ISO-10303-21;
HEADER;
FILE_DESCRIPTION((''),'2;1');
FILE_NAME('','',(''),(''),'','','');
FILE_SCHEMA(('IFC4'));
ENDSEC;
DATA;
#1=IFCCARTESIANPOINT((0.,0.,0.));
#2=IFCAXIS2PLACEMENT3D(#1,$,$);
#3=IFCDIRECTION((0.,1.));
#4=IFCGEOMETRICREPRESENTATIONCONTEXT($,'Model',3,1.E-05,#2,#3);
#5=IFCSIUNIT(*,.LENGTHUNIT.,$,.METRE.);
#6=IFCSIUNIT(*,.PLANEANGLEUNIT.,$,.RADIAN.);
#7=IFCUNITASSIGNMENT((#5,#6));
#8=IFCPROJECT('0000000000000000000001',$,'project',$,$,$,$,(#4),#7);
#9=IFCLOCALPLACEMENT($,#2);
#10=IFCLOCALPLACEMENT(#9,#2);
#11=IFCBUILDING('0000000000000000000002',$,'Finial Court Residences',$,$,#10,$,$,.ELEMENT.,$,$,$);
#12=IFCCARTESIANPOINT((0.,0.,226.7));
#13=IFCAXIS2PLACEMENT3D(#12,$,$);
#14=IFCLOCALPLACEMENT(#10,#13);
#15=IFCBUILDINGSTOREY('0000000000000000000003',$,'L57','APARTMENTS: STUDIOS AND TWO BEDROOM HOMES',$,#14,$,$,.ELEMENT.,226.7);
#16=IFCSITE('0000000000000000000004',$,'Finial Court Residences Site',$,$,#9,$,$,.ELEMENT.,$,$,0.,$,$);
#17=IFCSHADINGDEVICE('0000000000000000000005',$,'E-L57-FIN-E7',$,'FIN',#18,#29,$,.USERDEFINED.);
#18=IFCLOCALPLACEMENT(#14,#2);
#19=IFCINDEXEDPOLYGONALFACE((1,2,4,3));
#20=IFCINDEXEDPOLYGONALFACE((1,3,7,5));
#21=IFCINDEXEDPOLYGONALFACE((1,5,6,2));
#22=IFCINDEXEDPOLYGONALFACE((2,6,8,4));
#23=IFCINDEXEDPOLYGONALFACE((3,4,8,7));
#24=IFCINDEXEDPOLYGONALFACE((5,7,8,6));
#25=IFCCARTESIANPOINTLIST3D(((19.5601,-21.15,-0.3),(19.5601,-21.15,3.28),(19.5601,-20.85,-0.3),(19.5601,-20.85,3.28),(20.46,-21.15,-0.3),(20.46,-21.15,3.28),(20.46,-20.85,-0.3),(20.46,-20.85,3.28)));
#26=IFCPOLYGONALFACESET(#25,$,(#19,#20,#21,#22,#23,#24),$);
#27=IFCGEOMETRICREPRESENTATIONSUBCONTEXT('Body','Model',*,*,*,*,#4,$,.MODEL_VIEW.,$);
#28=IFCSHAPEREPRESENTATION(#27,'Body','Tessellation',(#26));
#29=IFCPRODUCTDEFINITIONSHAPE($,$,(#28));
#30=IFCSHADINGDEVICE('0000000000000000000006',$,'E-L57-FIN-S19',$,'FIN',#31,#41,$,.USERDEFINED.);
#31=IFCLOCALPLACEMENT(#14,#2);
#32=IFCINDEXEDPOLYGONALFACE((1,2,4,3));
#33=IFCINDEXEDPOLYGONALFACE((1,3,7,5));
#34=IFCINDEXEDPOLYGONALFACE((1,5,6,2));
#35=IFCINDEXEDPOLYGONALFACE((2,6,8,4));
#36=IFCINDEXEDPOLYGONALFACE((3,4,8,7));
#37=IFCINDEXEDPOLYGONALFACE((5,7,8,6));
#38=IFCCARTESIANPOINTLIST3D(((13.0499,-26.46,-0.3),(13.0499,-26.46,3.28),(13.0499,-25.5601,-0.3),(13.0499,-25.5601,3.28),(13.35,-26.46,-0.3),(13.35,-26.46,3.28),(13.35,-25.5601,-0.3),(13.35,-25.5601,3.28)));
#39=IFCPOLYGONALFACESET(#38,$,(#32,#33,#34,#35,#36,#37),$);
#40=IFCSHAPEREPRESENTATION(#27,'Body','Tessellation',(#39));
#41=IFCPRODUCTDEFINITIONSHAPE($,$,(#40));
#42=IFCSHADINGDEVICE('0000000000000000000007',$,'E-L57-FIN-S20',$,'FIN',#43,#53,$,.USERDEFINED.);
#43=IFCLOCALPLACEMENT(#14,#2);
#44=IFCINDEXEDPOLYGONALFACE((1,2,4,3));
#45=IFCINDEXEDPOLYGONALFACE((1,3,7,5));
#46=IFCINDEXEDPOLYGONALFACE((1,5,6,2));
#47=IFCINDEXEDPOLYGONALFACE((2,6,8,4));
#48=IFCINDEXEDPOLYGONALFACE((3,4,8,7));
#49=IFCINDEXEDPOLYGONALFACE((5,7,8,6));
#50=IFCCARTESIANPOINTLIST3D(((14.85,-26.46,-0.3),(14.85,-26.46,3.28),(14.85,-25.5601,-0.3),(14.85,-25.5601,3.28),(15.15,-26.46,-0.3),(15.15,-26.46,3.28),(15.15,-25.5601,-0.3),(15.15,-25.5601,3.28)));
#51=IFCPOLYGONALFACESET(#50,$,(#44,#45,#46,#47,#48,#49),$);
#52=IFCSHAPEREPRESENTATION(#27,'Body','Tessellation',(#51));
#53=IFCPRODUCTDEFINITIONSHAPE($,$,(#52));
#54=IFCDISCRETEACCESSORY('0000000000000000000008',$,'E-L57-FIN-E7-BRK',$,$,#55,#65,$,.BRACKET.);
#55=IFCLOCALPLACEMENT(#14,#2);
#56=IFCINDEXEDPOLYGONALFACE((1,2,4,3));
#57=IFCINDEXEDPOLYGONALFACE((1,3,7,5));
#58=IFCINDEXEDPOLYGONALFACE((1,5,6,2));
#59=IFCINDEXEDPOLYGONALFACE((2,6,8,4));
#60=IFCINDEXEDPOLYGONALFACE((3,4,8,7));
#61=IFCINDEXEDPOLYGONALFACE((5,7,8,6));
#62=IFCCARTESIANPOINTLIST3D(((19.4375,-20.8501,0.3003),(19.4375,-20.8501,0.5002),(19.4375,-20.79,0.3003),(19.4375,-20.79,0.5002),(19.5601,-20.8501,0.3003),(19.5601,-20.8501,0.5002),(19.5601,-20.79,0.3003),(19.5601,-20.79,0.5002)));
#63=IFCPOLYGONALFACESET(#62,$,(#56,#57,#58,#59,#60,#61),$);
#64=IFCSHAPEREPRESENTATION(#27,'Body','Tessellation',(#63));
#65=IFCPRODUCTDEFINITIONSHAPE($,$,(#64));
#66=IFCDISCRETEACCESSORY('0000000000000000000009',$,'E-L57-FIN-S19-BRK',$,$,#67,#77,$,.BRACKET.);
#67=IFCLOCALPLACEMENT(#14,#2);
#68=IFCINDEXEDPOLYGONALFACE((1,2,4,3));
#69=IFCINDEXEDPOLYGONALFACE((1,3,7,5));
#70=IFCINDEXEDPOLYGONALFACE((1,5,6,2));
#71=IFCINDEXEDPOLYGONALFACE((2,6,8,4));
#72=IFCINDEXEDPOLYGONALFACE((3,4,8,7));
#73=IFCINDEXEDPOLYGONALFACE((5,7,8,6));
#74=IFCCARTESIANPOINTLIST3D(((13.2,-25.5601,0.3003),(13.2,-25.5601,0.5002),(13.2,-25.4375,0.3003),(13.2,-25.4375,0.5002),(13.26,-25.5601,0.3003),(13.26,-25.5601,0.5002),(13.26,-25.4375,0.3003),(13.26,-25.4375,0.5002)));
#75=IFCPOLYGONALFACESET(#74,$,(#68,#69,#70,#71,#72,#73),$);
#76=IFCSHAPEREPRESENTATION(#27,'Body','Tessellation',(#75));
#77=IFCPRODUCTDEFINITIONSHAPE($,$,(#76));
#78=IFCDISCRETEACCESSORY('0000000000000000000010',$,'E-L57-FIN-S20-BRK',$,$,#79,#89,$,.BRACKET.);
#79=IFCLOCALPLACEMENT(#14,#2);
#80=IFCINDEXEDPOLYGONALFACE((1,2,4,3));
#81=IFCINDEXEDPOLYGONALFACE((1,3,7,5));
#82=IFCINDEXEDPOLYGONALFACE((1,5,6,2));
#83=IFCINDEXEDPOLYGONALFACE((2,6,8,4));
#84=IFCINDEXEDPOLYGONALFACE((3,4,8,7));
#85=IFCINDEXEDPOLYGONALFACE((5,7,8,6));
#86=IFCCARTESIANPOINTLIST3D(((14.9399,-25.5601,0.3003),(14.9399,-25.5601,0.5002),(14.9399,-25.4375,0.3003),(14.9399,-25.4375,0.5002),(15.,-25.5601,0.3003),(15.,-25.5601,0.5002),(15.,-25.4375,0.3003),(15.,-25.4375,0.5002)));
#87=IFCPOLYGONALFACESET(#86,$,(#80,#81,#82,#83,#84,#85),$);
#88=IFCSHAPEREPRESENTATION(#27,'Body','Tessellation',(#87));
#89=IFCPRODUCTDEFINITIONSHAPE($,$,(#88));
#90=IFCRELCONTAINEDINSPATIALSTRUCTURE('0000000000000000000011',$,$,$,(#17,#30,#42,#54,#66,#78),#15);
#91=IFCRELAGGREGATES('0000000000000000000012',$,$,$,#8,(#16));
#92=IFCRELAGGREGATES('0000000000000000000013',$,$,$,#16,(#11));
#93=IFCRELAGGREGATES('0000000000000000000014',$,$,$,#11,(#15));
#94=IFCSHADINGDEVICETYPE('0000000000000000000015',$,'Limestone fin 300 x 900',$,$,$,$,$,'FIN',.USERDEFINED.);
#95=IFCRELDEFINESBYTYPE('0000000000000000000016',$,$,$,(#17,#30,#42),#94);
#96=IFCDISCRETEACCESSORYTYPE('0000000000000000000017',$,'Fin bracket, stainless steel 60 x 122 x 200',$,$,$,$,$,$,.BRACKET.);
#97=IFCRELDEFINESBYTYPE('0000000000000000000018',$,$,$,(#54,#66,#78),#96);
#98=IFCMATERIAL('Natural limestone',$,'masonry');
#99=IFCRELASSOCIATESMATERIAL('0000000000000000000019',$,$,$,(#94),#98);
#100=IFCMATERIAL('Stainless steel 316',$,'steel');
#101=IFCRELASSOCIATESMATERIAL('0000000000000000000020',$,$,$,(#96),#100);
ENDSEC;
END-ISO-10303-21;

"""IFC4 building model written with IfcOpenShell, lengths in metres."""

from ifc_helpers import new_model, si_unit, direction, frame, origin, origin_2d, place, context, subcontext, project, spatial, rectangle, extrude, material, type_object, element, save


model = new_model("IFC4")

# Units and contexts
model_context = context("Model", 3, precision=1e-05, world=origin(), true_north=direction((0.0, 1.0)))
body_context = subcontext(model_context, "Body", "Model", "MODEL_VIEW")
ifc_project = project(units=[si_unit("LENGTHUNIT", "METRE"), si_unit("PLANEANGLEUNIT", "RADIAN")], contexts=[model_context])

# Site, building, storey
site_placement = place(None, origin())
site = spatial("IfcSite", under=ifc_project, at=site_placement, Name="Finial Court Residences Site", CompositionType="ELEMENT", RefElevation=0.0)
building_placement = place(site_placement, origin())
building = spatial("IfcBuilding", under=site, at=building_placement, Name="Finial Court Residences", CompositionType="ELEMENT")
storey_placement = place(building_placement, frame((0.0, 0.0, 226.7)))
storey = spatial("IfcBuildingStorey", under=building, at=storey_placement, Name="L57", Description="APARTMENTS: STUDIOS AND TWO BEDROOM HOMES", CompositionType="ELEMENT", Elevation=226.7)

# Shared definitions
ifc_material_1 = material(Name="Natural limestone", Category="masonry")

# Shading devices
shading_device_type = type_object("IfcShadingDeviceType", Name="Limestone fin 300 x 900", ElementType="FIN", PredefinedType="USERDEFINED", material=ifc_material_1)
shading_device_placement = place(storey_placement, frame((20.01, -21.0, -0.3), z_axis=(0.0, 0.0, 1.0), x_axis=(1.0, 0.0, 0.0)))
element("IfcShadingDevice", 1, at=shading_device_placement, inside=storey, type_object=shading_device_type, Name="E-L57-FIN-E7", ObjectType="FIN", PredefinedType="USERDEFINED", context=body_context, shape_type="SweptSolid", body=[
    extrude(rectangle(XDim=0.8999, YDim=0.3, at=origin_2d()), origin(), (0.0, 0.0, 1.0), 3.5801),
])
for number, where, z_axis, x_axis, name in (
    (2, (13.2, -26.01, -0.3), (0.0, 0.0, 1.0), (1.0, 0.0, 0.0), "E-L57-FIN-S19"),
    (3, (15.0, -26.01, -0.3), (0.0, 0.0, 1.0), (1.0, 0.0, 0.0), "E-L57-FIN-S20"),
):
    element("IfcShadingDevice", number, at=place(storey_placement, frame(where, z_axis=z_axis, x_axis=x_axis)), inside=storey, type_object=shading_device_type, Name=name, ObjectType="FIN", PredefinedType="USERDEFINED", context=body_context, shape_type="SweptSolid", body=[
        extrude(rectangle(XDim=0.3, YDim=0.8999, at=origin_2d()), origin(), (0.0, 0.0, 1.0), 3.5801),
    ])

# Discrete accessories
ifc_material_2 = material(Name="Stainless steel 316", Category="steel")
discrete_accessory_type = type_object("IfcDiscreteAccessoryType", Name="Fin bracket, stainless steel 60 x 122 x 200", PredefinedType="BRACKET", material=ifc_material_2)
discrete_accessory_placement = place(storey_placement, frame((19.4988, -20.8201, 0.3003), z_axis=(0.0, 0.0, 1.0), x_axis=(1.0, 0.0, 0.0)))
element("IfcDiscreteAccessory", 4, at=discrete_accessory_placement, inside=storey, type_object=discrete_accessory_type, Name="E-L57-FIN-E7-BRK", PredefinedType="BRACKET", context=body_context, shape_type="SweptSolid", body=[
    extrude(rectangle(XDim=0.1226, YDim=0.0601, at=origin_2d()), origin(), (0.0, 0.0, 1.0), 0.2),
])
for number, where, z_axis, x_axis, name in (
    (5, (13.23, -25.4988, 0.3003), (0.0, 0.0, 1.0), (1.0, 0.0, 0.0), "E-L57-FIN-S19-BRK"),
    (6, (14.97, -25.4988, 0.3003), (0.0, 0.0, 1.0), (1.0, 0.0, 0.0), "E-L57-FIN-S20-BRK"),
):
    element("IfcDiscreteAccessory", number, at=place(storey_placement, frame(where, z_axis=z_axis, x_axis=x_axis)), inside=storey, type_object=discrete_accessory_type, Name=name, PredefinedType="BRACKET", context=body_context, shape_type="SweptSolid", body=[
        extrude(rectangle(XDim=0.0601, YDim=0.1226, at=origin_2d()), origin(), (0.0, 0.0, 1.0), 0.2),
    ])

save(model, "model.ifc")
